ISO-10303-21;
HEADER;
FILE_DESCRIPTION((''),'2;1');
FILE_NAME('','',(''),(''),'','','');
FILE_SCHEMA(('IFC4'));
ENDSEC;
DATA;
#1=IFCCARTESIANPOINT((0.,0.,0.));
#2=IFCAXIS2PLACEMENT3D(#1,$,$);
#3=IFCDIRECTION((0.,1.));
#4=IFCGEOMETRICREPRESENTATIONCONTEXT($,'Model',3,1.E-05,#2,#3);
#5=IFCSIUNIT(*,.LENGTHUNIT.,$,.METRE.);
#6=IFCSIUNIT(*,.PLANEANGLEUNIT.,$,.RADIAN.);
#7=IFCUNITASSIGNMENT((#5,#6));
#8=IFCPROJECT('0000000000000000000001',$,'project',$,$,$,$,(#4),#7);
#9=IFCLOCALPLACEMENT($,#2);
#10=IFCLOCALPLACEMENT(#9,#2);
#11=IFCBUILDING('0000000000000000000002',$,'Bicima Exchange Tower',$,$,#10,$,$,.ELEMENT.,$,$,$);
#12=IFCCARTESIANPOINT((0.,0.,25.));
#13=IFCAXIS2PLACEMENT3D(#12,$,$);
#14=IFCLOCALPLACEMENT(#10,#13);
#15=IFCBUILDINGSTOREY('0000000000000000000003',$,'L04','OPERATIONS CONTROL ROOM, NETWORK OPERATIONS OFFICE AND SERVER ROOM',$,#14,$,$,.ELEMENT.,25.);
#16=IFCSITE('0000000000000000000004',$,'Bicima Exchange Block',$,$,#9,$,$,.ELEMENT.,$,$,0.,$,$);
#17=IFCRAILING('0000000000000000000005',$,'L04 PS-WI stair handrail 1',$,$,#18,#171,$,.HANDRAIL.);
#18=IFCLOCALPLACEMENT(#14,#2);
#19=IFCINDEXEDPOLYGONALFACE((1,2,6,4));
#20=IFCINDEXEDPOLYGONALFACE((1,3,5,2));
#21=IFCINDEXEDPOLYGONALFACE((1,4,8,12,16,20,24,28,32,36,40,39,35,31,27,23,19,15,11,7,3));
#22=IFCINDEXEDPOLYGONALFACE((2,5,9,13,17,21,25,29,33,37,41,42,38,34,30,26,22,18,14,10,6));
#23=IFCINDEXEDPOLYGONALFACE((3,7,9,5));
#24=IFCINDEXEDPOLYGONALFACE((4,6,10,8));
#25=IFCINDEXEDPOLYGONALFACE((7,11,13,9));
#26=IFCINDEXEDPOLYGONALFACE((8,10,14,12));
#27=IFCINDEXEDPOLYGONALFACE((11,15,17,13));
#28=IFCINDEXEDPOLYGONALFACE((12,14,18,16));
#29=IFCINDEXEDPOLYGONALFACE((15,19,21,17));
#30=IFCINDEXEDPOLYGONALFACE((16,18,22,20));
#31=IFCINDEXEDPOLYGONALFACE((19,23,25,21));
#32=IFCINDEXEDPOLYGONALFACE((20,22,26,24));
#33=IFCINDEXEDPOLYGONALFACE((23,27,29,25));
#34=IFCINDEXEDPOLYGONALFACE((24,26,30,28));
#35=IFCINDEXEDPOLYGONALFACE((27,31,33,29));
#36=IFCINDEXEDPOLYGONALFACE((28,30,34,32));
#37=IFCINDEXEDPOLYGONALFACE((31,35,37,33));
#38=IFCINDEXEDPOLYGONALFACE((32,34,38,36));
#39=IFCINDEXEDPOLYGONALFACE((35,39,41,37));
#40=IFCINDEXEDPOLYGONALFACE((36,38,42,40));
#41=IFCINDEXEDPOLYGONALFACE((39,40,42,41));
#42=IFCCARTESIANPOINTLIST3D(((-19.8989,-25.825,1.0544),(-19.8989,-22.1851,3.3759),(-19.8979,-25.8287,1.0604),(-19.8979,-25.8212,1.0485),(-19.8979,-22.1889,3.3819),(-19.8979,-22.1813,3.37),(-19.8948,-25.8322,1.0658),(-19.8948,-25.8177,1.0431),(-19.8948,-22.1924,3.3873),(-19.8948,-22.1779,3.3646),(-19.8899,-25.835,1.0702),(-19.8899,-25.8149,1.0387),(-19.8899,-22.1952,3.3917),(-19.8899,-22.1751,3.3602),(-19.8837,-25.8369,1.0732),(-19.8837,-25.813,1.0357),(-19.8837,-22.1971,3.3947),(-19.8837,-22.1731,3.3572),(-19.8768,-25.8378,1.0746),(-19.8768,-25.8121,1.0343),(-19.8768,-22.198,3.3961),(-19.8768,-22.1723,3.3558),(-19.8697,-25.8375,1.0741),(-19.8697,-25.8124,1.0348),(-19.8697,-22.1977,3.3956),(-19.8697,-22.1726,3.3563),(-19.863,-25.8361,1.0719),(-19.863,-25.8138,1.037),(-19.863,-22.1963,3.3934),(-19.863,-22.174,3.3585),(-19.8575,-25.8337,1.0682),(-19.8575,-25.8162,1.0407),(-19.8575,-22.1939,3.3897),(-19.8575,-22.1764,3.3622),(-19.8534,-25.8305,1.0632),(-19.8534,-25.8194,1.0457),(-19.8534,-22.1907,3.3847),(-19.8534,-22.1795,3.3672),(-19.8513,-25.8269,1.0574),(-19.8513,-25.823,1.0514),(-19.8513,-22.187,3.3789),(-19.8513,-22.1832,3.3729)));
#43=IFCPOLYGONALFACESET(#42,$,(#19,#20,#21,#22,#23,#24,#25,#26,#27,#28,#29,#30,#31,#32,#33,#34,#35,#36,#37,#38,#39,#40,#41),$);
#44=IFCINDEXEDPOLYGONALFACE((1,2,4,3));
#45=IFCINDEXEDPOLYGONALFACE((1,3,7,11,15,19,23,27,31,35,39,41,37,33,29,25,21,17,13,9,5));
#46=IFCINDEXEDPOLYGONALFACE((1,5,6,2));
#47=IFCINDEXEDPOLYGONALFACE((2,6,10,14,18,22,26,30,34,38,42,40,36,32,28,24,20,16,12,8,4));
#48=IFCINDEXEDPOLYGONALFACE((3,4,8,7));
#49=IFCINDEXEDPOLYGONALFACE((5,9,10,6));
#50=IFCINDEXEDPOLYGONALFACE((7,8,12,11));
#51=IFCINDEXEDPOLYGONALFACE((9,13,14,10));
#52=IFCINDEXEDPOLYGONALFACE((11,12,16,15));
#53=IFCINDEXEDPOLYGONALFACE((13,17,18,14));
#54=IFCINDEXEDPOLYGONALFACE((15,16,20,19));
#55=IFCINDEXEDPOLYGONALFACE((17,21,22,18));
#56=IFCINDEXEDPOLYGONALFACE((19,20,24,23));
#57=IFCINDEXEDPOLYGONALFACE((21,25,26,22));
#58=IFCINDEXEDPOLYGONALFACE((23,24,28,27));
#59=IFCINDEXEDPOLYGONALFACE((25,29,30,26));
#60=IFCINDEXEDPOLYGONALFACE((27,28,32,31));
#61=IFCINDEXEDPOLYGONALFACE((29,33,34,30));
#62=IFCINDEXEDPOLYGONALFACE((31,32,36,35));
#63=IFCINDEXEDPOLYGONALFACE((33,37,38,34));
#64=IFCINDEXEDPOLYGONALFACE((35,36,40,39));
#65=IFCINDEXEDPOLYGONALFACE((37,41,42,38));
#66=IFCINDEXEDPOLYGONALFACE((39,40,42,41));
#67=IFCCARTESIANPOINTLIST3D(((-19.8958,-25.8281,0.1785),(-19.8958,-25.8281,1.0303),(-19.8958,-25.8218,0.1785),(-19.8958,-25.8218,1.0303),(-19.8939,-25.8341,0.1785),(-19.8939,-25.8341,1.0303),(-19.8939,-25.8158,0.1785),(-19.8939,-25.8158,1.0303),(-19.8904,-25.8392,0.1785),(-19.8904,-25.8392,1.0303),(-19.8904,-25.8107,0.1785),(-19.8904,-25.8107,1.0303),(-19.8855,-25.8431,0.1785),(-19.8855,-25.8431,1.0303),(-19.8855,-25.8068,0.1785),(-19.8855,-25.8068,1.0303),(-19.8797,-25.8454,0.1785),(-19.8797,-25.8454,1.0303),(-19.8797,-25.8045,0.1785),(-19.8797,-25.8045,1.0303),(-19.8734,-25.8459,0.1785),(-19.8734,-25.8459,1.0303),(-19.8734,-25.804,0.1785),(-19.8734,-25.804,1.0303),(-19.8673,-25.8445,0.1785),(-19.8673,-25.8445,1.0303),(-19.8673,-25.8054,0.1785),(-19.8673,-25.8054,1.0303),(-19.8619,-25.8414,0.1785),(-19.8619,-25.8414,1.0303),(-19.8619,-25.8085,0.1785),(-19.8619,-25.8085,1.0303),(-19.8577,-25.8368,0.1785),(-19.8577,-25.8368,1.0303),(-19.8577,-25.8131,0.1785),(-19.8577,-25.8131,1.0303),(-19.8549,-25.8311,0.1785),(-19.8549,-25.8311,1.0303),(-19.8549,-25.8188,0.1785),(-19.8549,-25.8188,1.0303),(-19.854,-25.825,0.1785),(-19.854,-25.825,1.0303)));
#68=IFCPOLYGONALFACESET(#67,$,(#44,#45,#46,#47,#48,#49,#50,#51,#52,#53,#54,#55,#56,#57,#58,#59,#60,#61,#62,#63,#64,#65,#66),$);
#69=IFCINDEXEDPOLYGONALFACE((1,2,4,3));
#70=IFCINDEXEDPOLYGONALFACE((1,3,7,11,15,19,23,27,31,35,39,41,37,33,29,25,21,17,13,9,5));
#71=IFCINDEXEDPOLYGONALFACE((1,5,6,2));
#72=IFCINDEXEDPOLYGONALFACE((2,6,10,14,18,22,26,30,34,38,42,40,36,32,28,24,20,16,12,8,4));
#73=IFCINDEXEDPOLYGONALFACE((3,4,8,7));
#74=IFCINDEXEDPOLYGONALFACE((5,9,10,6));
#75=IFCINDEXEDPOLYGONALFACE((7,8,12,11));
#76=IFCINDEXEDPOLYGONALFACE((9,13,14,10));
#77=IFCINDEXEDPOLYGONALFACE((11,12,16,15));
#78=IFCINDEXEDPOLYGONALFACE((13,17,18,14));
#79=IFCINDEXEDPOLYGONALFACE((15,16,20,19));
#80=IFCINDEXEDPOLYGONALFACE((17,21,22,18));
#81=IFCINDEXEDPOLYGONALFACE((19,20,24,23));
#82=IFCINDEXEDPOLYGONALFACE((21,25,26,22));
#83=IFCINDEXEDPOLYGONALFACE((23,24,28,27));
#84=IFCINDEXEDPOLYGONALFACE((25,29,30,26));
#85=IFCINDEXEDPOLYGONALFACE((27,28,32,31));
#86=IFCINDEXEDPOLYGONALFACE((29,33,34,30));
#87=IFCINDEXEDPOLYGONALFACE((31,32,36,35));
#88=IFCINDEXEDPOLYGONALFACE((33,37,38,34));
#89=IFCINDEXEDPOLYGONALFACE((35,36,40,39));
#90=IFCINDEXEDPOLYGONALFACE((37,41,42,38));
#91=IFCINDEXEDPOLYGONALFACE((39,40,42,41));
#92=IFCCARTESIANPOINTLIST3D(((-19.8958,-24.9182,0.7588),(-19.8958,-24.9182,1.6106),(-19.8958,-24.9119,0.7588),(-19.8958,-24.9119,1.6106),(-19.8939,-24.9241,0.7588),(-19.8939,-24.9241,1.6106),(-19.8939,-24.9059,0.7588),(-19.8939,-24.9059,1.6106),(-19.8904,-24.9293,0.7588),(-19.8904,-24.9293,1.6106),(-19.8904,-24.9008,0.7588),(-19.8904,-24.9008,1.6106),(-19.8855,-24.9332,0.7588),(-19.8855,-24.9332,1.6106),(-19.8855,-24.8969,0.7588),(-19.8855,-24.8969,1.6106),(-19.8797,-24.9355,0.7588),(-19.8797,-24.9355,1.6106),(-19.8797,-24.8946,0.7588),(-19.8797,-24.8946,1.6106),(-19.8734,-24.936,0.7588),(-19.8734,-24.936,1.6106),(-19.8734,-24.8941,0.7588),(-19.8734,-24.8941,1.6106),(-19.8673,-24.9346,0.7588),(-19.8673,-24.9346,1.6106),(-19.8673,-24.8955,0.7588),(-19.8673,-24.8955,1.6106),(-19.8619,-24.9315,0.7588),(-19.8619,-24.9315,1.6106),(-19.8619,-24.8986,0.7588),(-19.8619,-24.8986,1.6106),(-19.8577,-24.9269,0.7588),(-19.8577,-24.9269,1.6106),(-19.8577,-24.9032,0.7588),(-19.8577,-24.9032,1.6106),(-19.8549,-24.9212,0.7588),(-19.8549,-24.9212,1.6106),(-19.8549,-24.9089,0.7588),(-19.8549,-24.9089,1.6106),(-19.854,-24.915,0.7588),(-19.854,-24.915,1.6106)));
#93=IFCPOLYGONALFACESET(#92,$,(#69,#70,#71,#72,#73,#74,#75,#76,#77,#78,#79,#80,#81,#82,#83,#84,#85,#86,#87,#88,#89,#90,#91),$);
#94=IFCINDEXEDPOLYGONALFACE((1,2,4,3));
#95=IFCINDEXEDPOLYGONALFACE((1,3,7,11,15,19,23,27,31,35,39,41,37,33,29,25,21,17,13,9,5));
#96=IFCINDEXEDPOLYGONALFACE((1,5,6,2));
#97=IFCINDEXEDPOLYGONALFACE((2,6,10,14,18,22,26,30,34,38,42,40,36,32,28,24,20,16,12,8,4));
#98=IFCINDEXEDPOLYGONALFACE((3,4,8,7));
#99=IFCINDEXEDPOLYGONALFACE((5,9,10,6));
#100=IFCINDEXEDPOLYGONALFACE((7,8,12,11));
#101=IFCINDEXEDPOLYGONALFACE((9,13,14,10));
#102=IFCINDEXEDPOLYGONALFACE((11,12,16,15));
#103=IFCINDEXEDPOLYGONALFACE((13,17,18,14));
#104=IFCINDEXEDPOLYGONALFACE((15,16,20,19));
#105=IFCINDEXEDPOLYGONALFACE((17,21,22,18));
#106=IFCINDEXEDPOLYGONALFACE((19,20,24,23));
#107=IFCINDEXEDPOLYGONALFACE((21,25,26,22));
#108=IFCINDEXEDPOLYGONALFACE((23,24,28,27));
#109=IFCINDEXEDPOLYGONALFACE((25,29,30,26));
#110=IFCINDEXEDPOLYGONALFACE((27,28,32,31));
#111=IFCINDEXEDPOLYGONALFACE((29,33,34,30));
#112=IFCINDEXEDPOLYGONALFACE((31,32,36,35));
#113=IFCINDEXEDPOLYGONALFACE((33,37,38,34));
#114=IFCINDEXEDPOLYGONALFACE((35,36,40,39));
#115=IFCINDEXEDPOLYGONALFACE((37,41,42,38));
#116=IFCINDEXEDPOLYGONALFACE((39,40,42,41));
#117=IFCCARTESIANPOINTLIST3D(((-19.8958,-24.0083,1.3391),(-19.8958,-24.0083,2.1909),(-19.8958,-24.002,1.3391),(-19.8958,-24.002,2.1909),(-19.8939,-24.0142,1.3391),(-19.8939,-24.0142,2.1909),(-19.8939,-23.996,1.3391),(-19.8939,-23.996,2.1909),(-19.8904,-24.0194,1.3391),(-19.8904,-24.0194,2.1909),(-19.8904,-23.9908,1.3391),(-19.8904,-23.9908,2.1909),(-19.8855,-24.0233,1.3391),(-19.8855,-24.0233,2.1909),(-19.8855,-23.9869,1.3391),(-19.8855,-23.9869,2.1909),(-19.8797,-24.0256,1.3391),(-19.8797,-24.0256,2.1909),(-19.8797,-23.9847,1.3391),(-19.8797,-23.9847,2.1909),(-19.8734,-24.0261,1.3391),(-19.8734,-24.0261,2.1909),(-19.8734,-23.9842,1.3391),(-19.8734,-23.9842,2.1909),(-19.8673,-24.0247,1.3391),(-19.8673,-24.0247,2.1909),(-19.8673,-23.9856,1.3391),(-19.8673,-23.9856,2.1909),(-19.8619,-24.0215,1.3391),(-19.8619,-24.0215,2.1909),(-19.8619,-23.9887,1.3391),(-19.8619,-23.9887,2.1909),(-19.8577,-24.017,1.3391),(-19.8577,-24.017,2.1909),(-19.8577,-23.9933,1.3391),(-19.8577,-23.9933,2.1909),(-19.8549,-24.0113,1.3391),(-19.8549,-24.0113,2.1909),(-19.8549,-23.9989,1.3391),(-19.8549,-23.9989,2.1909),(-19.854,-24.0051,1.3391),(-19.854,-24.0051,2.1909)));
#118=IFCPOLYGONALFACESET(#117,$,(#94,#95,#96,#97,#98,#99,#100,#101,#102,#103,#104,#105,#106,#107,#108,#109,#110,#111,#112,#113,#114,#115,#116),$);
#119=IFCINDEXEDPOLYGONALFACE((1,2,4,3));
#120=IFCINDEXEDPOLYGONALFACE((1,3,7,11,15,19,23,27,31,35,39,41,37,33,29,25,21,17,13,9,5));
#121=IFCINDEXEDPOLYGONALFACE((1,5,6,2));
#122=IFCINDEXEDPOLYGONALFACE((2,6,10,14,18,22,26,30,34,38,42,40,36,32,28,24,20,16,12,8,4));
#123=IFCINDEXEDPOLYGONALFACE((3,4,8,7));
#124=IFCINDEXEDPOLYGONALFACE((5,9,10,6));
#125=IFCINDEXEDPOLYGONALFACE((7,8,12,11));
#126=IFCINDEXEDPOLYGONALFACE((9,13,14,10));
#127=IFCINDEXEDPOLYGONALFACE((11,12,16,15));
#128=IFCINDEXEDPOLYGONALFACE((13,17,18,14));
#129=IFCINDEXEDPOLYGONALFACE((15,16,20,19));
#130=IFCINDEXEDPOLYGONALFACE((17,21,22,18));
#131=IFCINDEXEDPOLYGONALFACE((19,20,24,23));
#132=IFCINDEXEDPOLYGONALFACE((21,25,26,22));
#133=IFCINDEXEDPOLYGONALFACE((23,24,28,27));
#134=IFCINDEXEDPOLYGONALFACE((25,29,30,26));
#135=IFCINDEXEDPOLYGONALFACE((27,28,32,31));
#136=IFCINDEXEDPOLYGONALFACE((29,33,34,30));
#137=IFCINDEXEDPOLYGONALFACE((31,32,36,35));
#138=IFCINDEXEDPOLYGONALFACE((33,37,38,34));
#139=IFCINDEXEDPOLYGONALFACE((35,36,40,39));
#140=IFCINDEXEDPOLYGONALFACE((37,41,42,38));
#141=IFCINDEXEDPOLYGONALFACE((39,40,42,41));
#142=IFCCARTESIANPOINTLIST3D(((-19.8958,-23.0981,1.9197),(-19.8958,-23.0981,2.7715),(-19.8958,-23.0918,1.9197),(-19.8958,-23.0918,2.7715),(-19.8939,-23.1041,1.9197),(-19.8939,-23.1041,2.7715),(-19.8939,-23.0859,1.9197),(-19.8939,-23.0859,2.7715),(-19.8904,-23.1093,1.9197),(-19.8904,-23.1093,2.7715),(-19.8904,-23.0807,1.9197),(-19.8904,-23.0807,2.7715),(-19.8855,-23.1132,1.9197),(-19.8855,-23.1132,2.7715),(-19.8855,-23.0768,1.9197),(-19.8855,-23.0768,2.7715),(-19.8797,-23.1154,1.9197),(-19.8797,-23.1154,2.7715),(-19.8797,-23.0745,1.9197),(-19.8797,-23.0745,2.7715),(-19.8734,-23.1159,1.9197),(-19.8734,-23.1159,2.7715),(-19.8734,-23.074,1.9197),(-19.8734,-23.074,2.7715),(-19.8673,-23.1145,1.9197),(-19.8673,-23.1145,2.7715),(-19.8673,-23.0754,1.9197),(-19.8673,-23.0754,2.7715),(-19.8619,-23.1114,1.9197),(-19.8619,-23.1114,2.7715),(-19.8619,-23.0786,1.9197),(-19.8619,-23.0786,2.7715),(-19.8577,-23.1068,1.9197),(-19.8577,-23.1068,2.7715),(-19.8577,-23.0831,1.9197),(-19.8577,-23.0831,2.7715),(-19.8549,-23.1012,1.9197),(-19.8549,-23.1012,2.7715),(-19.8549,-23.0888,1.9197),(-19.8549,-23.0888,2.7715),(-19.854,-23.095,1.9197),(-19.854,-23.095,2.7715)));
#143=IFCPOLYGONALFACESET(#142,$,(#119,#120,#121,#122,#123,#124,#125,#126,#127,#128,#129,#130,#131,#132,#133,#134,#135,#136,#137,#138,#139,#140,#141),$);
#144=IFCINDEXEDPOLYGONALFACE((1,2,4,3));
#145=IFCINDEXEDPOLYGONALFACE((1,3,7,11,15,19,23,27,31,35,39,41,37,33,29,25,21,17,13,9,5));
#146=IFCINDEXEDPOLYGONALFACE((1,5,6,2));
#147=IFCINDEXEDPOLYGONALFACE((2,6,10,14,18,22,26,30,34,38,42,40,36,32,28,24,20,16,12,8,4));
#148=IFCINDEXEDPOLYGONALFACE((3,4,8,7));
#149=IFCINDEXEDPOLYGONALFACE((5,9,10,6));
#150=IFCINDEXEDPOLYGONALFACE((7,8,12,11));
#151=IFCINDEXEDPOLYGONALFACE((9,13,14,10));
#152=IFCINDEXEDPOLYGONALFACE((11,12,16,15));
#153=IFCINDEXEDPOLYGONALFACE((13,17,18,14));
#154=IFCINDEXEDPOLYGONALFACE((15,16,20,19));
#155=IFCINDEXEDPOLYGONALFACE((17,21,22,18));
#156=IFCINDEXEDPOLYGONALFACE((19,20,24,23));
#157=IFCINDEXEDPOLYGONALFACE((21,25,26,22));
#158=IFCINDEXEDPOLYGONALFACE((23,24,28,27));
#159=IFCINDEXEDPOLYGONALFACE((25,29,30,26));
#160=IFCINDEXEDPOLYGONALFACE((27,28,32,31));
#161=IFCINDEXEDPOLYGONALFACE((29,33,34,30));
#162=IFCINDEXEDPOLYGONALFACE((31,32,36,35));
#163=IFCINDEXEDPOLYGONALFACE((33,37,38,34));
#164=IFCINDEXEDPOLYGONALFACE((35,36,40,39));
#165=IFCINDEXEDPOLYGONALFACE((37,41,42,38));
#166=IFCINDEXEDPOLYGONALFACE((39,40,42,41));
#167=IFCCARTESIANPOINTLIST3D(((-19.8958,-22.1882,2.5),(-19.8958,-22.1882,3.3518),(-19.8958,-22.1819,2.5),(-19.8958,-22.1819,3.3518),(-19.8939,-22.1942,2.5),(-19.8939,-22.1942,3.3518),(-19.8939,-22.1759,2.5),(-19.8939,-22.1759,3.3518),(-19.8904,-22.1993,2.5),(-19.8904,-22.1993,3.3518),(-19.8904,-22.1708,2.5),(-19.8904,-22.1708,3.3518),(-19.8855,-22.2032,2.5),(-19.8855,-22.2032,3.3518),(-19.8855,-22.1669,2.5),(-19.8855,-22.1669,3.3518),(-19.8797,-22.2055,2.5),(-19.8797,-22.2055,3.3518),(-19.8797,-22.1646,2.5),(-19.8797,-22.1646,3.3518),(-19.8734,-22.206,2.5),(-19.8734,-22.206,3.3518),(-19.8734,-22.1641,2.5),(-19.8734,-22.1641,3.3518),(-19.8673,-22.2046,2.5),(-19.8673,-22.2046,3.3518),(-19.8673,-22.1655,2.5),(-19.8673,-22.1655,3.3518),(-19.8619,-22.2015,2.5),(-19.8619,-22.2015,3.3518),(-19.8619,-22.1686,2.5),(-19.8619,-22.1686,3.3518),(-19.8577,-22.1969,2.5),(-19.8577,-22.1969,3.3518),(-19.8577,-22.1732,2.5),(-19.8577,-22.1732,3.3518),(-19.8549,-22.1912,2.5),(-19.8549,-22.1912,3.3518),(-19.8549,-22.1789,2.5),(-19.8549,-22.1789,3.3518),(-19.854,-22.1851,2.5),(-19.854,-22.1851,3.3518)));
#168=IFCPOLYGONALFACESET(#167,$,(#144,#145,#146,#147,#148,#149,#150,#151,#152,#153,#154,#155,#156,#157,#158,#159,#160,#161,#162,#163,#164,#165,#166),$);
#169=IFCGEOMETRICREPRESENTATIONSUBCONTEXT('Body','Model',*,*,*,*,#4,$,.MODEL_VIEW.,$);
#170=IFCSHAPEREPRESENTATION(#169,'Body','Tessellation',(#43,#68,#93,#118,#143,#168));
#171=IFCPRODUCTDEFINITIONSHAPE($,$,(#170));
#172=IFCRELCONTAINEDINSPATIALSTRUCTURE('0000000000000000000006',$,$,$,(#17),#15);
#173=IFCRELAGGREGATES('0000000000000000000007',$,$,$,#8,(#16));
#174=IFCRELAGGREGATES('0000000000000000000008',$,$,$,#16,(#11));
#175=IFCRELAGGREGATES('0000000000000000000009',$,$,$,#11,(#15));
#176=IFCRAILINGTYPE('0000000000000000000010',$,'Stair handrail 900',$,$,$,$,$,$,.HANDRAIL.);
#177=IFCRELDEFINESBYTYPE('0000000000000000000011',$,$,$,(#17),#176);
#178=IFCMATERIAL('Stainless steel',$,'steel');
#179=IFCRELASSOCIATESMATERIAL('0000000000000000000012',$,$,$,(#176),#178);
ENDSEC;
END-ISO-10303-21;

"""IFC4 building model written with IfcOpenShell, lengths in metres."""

from ifc_helpers import new_model, si_unit, direction, frame, origin, origin_2d, place, context, subcontext, project, spatial, circle, extrude, material, type_object, element, save


model = new_model("IFC4")

# Units and contexts
model_context = context("Model", 3, precision=1e-05, world=origin(), true_north=direction((0.0, 1.0)))
body_context = subcontext(model_context, "Body", "Model", "MODEL_VIEW")
ifc_project = project(units=[si_unit("LENGTHUNIT", "METRE"), si_unit("PLANEANGLEUNIT", "RADIAN")], contexts=[model_context])

# Site, building, storey
site_placement = place(None, origin())
site = spatial("IfcSite", under=ifc_project, at=site_placement, Name="Bicima Exchange Block", CompositionType="ELEMENT", RefElevation=0.0)
building_placement = place(site_placement, origin())
building = spatial("IfcBuilding", under=site, at=building_placement, Name="Bicima Exchange Tower", CompositionType="ELEMENT")
storey_placement = place(building_placement, frame((0.0, 0.0, 25.0)))
storey = spatial("IfcBuildingStorey", under=building, at=storey_placement, Name="L04", Description="OPERATIONS CONTROL ROOM, NETWORK OPERATIONS OFFICE AND SERVER ROOM", CompositionType="ELEMENT", Elevation=25.0)

# Railing
ifc_material_1 = material(Name="Stainless steel", Category="steel")
railing_type_1 = type_object("IfcRailingType", Name="Stair handrail 900", PredefinedType="HANDRAIL", material=ifc_material_1)
railing_1_placement = place(storey_placement, frame((-19.875, -25.825, 0.1785)))
element("IfcRailing", 1, at=railing_1_placement, inside=storey, type_object=railing_type_1, Name="L04 PS-WI stair handrail 1", PredefinedType="HANDRAIL", context=body_context, shape_type="SweptSolid", body=[
    extrude(circle(Radius=0.0239, at=origin_2d()), frame((0.0, 0.0, 0.876), z_axis=(0.0, 0.843112, 0.537739), x_axis=(-1.0, 0.0, 0.0)), (0.0, 0.0, 1.0), 4.3171),
    extrude(circle(Radius=0.021, at=origin_2d()), origin(), (0.0, 0.0, 1.0), 0.8518),
    extrude(circle(Radius=0.021, at=origin_2d()), frame((0.0, 0.9099, 0.5803)), (0.0, 0.0, 1.0), 0.8518),
    extrude(circle(Radius=0.021, at=origin_2d()), frame((0.0, 1.8198, 1.1606)), (0.0, 0.0, 1.0), 0.8518),
    extrude(circle(Radius=0.021, at=origin_2d()), frame((0.0, 2.73, 1.7412)), (0.0, 0.0, 1.0), 0.8518),
    extrude(circle(Radius=0.021, at=origin_2d()), frame((0.0, 3.6399, 2.3215)), (0.0, 0.0, 1.0), 0.8518),
])

save(model, "model.ifc")
